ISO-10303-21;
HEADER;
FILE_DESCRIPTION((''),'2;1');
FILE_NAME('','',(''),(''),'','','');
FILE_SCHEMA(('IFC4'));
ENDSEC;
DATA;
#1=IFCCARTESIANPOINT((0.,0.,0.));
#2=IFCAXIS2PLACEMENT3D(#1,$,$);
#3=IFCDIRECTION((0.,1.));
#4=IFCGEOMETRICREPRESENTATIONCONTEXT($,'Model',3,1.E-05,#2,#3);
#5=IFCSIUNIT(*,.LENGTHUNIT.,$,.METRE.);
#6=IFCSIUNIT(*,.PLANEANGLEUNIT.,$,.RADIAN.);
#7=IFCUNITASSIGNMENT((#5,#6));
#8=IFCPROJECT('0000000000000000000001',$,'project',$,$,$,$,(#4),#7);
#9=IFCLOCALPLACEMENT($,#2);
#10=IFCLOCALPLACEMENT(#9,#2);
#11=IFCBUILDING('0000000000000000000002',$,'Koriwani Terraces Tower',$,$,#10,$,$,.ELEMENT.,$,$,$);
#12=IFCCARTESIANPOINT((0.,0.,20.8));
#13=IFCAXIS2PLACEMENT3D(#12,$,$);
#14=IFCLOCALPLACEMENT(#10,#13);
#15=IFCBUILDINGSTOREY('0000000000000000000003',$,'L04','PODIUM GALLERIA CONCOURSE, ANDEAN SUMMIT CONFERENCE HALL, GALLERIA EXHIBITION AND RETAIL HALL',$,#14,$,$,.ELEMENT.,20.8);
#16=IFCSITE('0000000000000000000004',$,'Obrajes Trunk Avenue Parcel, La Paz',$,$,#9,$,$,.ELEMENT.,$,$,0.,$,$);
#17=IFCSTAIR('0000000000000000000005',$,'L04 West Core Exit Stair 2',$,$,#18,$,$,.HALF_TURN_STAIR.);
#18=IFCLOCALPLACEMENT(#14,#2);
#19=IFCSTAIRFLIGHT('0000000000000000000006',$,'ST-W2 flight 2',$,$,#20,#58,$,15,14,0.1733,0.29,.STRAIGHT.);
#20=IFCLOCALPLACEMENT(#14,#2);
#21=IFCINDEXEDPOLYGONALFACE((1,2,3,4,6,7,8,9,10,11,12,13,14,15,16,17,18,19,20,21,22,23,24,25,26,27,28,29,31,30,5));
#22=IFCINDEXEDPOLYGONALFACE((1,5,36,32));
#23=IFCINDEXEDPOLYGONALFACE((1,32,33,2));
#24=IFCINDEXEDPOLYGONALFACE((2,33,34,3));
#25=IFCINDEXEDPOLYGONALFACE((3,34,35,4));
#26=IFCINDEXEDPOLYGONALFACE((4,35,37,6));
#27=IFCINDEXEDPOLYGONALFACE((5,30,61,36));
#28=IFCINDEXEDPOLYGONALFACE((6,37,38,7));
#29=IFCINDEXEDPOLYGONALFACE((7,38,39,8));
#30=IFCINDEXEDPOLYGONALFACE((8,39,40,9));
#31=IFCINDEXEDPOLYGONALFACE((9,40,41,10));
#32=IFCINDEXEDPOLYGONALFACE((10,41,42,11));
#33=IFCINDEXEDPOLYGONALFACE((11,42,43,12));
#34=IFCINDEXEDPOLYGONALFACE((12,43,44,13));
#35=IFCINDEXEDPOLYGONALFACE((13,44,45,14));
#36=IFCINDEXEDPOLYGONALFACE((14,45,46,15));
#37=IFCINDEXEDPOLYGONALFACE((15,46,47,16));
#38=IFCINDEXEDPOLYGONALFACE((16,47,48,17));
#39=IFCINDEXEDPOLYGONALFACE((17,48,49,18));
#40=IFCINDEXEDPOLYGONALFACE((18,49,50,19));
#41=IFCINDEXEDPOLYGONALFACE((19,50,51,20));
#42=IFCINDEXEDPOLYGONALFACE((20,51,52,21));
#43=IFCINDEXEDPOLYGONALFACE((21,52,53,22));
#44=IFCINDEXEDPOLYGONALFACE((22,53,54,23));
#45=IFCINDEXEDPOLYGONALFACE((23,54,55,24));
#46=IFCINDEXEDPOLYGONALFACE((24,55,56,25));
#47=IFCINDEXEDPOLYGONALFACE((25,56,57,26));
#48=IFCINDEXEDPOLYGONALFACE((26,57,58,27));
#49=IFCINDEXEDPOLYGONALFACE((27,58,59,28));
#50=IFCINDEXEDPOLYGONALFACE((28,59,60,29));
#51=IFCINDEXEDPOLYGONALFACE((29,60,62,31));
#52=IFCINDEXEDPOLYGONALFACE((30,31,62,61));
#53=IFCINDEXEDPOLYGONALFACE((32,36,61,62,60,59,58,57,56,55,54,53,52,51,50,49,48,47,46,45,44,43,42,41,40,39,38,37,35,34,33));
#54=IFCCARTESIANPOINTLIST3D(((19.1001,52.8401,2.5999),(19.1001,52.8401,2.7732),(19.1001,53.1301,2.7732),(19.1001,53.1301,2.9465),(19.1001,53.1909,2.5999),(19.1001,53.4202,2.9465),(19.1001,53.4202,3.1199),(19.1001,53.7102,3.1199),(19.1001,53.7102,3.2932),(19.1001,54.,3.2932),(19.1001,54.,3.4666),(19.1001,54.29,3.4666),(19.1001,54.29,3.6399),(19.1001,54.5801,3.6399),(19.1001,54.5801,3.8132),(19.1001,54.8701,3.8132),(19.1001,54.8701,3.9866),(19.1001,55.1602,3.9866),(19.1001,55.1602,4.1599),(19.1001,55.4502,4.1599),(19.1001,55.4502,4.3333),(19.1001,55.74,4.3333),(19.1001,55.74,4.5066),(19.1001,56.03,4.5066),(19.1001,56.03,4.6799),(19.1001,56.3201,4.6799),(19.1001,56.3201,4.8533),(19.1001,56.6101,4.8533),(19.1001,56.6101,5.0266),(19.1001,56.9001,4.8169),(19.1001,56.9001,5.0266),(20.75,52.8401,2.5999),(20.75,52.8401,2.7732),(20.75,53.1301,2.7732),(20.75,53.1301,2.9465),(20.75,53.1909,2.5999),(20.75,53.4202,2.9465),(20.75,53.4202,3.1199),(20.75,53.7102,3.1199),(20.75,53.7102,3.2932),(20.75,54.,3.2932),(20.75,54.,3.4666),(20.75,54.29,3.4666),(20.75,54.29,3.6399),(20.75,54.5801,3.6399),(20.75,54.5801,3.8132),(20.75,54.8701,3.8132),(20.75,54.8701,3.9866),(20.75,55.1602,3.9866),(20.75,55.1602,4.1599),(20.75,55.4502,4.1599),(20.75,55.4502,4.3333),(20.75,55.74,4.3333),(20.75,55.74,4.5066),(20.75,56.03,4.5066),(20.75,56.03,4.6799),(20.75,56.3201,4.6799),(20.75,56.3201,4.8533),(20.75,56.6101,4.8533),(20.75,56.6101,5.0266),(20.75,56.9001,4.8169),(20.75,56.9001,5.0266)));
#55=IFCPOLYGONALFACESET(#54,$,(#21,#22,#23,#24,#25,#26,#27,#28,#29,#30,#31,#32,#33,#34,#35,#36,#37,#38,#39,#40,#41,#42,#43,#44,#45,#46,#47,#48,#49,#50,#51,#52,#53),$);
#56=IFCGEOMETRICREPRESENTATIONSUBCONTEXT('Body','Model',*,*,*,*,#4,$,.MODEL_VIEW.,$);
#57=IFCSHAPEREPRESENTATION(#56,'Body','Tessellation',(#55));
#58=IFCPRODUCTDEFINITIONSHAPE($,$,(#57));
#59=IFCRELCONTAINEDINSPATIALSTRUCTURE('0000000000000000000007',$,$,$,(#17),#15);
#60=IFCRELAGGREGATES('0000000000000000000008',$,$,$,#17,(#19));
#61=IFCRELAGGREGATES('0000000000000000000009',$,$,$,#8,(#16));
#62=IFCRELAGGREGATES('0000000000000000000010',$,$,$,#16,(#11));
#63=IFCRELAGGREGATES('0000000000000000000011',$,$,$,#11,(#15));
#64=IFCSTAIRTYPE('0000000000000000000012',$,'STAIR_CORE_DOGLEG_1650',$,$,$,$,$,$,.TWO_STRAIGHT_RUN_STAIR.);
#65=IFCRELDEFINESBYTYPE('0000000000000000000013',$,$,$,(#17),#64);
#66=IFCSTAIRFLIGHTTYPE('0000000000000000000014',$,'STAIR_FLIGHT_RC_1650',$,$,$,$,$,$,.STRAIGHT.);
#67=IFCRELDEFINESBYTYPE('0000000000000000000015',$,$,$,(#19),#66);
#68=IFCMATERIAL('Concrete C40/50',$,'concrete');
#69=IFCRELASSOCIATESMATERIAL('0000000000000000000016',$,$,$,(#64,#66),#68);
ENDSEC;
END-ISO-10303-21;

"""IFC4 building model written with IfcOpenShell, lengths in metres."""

from ifc_helpers import new_model, si_unit, direction, frame, origin, place, context, subcontext, project, spatial, polyline, outline, extrude, material, type_object, element, aggregate, save


model = new_model("IFC4")

# Units and contexts
model_context = context("Model", 3, precision=1e-05, world=origin(), true_north=direction((0.0, 1.0)))
body_context = subcontext(model_context, "Body", "Model", "MODEL_VIEW")
ifc_project = project(units=[si_unit("LENGTHUNIT", "METRE"), si_unit("PLANEANGLEUNIT", "RADIAN")], contexts=[model_context])

# Site, building, storey
site_placement = place(None, origin())
site = spatial("IfcSite", under=ifc_project, at=site_placement, Name="Obrajes Trunk Avenue Parcel, La Paz", CompositionType="ELEMENT", RefElevation=0.0)
building_placement = place(site_placement, origin())
building = spatial("IfcBuilding", under=site, at=building_placement, Name="Koriwani Terraces Tower", CompositionType="ELEMENT")
storey_placement = place(building_placement, frame((0.0, 0.0, 20.8)))
storey = spatial("IfcBuildingStorey", under=building, at=storey_placement, Name="L04", Description="PODIUM GALLERIA CONCOURSE, ANDEAN SUMMIT CONFERENCE HALL, GALLERIA EXHIBITION AND RETAIL HALL", CompositionType="ELEMENT", Elevation=20.8)

# Shared definitions
ifc_material_1 = material(Name="Concrete C40/50", Category="concrete")

# Stair, stair flight
stair_type = type_object("IfcStairType", Name="STAIR_CORE_DOGLEG_1650", PredefinedType="TWO_STRAIGHT_RUN_STAIR", material=ifc_material_1)
stair_flight_type = type_object("IfcStairFlightType", Name="STAIR_FLIGHT_RC_1650", PredefinedType="STRAIGHT", material=ifc_material_1)
stair_1_placement = place(storey_placement, origin())
stair_1 = element("IfcStair", 1, at=stair_1_placement, inside=storey, type_object=stair_type, Name="L04 West Core Exit Stair 2", PredefinedType="HALF_TURN_STAIR")
stair_flight_1_placement = place(storey_placement, frame((19.925, 52.8401, 2.5999), z_axis=(0.0, 0.0, 1.0), x_axis=(0.0, 1.0, 0.0)))
stair_flight_1 = element("IfcStairFlight", 2, at=stair_flight_1_placement, type_object=stair_flight_type, Name="ST-W2 flight 2", NumberOfRisers=15, NumberOfTreads=14, PredefinedType="STRAIGHT", RiserHeight=0.1733, TreadLength=0.29, context=body_context, shape_type="SweptSolid", body=[
    extrude(outline(polyline([(0.0, 0.0), (0.0, 0.1733), (0.29, 0.1733), (0.29, 0.3467), (0.5801, 0.3467), (0.5801, 0.52), (0.8701, 0.52), (0.8701, 0.6934), (1.1599, 0.6934), (1.1599, 0.8667), (1.45, 0.8667), (1.45, 1.04), (1.74, 1.04), (1.74, 1.2134), (2.03, 1.2134), (2.03, 1.3867), (2.3201, 1.3867), (2.3201, 1.5601), (2.6101, 1.5601), (2.6101, 1.7334), (2.8999, 1.7334), (2.8999, 1.9067), (3.1899, 1.9067), (3.1899, 2.0801), (3.48, 2.0801), (3.48, 2.2534), (3.77, 2.2534), (3.77, 2.4268), (4.0601, 2.4268), (4.0601, 2.6001), (4.0601, 2.217), (0.3508, 0.0), (0.0, 0.0)])), frame((0.0, 0.825, 0.0), z_axis=(0.0, -1.0, 0.0), x_axis=(1.0, 0.0, 0.0)), (0.0, 0.0, 1.0), 1.6499),
])
aggregate(stair_1, [stair_flight_1])

save(model, "model.ifc")
